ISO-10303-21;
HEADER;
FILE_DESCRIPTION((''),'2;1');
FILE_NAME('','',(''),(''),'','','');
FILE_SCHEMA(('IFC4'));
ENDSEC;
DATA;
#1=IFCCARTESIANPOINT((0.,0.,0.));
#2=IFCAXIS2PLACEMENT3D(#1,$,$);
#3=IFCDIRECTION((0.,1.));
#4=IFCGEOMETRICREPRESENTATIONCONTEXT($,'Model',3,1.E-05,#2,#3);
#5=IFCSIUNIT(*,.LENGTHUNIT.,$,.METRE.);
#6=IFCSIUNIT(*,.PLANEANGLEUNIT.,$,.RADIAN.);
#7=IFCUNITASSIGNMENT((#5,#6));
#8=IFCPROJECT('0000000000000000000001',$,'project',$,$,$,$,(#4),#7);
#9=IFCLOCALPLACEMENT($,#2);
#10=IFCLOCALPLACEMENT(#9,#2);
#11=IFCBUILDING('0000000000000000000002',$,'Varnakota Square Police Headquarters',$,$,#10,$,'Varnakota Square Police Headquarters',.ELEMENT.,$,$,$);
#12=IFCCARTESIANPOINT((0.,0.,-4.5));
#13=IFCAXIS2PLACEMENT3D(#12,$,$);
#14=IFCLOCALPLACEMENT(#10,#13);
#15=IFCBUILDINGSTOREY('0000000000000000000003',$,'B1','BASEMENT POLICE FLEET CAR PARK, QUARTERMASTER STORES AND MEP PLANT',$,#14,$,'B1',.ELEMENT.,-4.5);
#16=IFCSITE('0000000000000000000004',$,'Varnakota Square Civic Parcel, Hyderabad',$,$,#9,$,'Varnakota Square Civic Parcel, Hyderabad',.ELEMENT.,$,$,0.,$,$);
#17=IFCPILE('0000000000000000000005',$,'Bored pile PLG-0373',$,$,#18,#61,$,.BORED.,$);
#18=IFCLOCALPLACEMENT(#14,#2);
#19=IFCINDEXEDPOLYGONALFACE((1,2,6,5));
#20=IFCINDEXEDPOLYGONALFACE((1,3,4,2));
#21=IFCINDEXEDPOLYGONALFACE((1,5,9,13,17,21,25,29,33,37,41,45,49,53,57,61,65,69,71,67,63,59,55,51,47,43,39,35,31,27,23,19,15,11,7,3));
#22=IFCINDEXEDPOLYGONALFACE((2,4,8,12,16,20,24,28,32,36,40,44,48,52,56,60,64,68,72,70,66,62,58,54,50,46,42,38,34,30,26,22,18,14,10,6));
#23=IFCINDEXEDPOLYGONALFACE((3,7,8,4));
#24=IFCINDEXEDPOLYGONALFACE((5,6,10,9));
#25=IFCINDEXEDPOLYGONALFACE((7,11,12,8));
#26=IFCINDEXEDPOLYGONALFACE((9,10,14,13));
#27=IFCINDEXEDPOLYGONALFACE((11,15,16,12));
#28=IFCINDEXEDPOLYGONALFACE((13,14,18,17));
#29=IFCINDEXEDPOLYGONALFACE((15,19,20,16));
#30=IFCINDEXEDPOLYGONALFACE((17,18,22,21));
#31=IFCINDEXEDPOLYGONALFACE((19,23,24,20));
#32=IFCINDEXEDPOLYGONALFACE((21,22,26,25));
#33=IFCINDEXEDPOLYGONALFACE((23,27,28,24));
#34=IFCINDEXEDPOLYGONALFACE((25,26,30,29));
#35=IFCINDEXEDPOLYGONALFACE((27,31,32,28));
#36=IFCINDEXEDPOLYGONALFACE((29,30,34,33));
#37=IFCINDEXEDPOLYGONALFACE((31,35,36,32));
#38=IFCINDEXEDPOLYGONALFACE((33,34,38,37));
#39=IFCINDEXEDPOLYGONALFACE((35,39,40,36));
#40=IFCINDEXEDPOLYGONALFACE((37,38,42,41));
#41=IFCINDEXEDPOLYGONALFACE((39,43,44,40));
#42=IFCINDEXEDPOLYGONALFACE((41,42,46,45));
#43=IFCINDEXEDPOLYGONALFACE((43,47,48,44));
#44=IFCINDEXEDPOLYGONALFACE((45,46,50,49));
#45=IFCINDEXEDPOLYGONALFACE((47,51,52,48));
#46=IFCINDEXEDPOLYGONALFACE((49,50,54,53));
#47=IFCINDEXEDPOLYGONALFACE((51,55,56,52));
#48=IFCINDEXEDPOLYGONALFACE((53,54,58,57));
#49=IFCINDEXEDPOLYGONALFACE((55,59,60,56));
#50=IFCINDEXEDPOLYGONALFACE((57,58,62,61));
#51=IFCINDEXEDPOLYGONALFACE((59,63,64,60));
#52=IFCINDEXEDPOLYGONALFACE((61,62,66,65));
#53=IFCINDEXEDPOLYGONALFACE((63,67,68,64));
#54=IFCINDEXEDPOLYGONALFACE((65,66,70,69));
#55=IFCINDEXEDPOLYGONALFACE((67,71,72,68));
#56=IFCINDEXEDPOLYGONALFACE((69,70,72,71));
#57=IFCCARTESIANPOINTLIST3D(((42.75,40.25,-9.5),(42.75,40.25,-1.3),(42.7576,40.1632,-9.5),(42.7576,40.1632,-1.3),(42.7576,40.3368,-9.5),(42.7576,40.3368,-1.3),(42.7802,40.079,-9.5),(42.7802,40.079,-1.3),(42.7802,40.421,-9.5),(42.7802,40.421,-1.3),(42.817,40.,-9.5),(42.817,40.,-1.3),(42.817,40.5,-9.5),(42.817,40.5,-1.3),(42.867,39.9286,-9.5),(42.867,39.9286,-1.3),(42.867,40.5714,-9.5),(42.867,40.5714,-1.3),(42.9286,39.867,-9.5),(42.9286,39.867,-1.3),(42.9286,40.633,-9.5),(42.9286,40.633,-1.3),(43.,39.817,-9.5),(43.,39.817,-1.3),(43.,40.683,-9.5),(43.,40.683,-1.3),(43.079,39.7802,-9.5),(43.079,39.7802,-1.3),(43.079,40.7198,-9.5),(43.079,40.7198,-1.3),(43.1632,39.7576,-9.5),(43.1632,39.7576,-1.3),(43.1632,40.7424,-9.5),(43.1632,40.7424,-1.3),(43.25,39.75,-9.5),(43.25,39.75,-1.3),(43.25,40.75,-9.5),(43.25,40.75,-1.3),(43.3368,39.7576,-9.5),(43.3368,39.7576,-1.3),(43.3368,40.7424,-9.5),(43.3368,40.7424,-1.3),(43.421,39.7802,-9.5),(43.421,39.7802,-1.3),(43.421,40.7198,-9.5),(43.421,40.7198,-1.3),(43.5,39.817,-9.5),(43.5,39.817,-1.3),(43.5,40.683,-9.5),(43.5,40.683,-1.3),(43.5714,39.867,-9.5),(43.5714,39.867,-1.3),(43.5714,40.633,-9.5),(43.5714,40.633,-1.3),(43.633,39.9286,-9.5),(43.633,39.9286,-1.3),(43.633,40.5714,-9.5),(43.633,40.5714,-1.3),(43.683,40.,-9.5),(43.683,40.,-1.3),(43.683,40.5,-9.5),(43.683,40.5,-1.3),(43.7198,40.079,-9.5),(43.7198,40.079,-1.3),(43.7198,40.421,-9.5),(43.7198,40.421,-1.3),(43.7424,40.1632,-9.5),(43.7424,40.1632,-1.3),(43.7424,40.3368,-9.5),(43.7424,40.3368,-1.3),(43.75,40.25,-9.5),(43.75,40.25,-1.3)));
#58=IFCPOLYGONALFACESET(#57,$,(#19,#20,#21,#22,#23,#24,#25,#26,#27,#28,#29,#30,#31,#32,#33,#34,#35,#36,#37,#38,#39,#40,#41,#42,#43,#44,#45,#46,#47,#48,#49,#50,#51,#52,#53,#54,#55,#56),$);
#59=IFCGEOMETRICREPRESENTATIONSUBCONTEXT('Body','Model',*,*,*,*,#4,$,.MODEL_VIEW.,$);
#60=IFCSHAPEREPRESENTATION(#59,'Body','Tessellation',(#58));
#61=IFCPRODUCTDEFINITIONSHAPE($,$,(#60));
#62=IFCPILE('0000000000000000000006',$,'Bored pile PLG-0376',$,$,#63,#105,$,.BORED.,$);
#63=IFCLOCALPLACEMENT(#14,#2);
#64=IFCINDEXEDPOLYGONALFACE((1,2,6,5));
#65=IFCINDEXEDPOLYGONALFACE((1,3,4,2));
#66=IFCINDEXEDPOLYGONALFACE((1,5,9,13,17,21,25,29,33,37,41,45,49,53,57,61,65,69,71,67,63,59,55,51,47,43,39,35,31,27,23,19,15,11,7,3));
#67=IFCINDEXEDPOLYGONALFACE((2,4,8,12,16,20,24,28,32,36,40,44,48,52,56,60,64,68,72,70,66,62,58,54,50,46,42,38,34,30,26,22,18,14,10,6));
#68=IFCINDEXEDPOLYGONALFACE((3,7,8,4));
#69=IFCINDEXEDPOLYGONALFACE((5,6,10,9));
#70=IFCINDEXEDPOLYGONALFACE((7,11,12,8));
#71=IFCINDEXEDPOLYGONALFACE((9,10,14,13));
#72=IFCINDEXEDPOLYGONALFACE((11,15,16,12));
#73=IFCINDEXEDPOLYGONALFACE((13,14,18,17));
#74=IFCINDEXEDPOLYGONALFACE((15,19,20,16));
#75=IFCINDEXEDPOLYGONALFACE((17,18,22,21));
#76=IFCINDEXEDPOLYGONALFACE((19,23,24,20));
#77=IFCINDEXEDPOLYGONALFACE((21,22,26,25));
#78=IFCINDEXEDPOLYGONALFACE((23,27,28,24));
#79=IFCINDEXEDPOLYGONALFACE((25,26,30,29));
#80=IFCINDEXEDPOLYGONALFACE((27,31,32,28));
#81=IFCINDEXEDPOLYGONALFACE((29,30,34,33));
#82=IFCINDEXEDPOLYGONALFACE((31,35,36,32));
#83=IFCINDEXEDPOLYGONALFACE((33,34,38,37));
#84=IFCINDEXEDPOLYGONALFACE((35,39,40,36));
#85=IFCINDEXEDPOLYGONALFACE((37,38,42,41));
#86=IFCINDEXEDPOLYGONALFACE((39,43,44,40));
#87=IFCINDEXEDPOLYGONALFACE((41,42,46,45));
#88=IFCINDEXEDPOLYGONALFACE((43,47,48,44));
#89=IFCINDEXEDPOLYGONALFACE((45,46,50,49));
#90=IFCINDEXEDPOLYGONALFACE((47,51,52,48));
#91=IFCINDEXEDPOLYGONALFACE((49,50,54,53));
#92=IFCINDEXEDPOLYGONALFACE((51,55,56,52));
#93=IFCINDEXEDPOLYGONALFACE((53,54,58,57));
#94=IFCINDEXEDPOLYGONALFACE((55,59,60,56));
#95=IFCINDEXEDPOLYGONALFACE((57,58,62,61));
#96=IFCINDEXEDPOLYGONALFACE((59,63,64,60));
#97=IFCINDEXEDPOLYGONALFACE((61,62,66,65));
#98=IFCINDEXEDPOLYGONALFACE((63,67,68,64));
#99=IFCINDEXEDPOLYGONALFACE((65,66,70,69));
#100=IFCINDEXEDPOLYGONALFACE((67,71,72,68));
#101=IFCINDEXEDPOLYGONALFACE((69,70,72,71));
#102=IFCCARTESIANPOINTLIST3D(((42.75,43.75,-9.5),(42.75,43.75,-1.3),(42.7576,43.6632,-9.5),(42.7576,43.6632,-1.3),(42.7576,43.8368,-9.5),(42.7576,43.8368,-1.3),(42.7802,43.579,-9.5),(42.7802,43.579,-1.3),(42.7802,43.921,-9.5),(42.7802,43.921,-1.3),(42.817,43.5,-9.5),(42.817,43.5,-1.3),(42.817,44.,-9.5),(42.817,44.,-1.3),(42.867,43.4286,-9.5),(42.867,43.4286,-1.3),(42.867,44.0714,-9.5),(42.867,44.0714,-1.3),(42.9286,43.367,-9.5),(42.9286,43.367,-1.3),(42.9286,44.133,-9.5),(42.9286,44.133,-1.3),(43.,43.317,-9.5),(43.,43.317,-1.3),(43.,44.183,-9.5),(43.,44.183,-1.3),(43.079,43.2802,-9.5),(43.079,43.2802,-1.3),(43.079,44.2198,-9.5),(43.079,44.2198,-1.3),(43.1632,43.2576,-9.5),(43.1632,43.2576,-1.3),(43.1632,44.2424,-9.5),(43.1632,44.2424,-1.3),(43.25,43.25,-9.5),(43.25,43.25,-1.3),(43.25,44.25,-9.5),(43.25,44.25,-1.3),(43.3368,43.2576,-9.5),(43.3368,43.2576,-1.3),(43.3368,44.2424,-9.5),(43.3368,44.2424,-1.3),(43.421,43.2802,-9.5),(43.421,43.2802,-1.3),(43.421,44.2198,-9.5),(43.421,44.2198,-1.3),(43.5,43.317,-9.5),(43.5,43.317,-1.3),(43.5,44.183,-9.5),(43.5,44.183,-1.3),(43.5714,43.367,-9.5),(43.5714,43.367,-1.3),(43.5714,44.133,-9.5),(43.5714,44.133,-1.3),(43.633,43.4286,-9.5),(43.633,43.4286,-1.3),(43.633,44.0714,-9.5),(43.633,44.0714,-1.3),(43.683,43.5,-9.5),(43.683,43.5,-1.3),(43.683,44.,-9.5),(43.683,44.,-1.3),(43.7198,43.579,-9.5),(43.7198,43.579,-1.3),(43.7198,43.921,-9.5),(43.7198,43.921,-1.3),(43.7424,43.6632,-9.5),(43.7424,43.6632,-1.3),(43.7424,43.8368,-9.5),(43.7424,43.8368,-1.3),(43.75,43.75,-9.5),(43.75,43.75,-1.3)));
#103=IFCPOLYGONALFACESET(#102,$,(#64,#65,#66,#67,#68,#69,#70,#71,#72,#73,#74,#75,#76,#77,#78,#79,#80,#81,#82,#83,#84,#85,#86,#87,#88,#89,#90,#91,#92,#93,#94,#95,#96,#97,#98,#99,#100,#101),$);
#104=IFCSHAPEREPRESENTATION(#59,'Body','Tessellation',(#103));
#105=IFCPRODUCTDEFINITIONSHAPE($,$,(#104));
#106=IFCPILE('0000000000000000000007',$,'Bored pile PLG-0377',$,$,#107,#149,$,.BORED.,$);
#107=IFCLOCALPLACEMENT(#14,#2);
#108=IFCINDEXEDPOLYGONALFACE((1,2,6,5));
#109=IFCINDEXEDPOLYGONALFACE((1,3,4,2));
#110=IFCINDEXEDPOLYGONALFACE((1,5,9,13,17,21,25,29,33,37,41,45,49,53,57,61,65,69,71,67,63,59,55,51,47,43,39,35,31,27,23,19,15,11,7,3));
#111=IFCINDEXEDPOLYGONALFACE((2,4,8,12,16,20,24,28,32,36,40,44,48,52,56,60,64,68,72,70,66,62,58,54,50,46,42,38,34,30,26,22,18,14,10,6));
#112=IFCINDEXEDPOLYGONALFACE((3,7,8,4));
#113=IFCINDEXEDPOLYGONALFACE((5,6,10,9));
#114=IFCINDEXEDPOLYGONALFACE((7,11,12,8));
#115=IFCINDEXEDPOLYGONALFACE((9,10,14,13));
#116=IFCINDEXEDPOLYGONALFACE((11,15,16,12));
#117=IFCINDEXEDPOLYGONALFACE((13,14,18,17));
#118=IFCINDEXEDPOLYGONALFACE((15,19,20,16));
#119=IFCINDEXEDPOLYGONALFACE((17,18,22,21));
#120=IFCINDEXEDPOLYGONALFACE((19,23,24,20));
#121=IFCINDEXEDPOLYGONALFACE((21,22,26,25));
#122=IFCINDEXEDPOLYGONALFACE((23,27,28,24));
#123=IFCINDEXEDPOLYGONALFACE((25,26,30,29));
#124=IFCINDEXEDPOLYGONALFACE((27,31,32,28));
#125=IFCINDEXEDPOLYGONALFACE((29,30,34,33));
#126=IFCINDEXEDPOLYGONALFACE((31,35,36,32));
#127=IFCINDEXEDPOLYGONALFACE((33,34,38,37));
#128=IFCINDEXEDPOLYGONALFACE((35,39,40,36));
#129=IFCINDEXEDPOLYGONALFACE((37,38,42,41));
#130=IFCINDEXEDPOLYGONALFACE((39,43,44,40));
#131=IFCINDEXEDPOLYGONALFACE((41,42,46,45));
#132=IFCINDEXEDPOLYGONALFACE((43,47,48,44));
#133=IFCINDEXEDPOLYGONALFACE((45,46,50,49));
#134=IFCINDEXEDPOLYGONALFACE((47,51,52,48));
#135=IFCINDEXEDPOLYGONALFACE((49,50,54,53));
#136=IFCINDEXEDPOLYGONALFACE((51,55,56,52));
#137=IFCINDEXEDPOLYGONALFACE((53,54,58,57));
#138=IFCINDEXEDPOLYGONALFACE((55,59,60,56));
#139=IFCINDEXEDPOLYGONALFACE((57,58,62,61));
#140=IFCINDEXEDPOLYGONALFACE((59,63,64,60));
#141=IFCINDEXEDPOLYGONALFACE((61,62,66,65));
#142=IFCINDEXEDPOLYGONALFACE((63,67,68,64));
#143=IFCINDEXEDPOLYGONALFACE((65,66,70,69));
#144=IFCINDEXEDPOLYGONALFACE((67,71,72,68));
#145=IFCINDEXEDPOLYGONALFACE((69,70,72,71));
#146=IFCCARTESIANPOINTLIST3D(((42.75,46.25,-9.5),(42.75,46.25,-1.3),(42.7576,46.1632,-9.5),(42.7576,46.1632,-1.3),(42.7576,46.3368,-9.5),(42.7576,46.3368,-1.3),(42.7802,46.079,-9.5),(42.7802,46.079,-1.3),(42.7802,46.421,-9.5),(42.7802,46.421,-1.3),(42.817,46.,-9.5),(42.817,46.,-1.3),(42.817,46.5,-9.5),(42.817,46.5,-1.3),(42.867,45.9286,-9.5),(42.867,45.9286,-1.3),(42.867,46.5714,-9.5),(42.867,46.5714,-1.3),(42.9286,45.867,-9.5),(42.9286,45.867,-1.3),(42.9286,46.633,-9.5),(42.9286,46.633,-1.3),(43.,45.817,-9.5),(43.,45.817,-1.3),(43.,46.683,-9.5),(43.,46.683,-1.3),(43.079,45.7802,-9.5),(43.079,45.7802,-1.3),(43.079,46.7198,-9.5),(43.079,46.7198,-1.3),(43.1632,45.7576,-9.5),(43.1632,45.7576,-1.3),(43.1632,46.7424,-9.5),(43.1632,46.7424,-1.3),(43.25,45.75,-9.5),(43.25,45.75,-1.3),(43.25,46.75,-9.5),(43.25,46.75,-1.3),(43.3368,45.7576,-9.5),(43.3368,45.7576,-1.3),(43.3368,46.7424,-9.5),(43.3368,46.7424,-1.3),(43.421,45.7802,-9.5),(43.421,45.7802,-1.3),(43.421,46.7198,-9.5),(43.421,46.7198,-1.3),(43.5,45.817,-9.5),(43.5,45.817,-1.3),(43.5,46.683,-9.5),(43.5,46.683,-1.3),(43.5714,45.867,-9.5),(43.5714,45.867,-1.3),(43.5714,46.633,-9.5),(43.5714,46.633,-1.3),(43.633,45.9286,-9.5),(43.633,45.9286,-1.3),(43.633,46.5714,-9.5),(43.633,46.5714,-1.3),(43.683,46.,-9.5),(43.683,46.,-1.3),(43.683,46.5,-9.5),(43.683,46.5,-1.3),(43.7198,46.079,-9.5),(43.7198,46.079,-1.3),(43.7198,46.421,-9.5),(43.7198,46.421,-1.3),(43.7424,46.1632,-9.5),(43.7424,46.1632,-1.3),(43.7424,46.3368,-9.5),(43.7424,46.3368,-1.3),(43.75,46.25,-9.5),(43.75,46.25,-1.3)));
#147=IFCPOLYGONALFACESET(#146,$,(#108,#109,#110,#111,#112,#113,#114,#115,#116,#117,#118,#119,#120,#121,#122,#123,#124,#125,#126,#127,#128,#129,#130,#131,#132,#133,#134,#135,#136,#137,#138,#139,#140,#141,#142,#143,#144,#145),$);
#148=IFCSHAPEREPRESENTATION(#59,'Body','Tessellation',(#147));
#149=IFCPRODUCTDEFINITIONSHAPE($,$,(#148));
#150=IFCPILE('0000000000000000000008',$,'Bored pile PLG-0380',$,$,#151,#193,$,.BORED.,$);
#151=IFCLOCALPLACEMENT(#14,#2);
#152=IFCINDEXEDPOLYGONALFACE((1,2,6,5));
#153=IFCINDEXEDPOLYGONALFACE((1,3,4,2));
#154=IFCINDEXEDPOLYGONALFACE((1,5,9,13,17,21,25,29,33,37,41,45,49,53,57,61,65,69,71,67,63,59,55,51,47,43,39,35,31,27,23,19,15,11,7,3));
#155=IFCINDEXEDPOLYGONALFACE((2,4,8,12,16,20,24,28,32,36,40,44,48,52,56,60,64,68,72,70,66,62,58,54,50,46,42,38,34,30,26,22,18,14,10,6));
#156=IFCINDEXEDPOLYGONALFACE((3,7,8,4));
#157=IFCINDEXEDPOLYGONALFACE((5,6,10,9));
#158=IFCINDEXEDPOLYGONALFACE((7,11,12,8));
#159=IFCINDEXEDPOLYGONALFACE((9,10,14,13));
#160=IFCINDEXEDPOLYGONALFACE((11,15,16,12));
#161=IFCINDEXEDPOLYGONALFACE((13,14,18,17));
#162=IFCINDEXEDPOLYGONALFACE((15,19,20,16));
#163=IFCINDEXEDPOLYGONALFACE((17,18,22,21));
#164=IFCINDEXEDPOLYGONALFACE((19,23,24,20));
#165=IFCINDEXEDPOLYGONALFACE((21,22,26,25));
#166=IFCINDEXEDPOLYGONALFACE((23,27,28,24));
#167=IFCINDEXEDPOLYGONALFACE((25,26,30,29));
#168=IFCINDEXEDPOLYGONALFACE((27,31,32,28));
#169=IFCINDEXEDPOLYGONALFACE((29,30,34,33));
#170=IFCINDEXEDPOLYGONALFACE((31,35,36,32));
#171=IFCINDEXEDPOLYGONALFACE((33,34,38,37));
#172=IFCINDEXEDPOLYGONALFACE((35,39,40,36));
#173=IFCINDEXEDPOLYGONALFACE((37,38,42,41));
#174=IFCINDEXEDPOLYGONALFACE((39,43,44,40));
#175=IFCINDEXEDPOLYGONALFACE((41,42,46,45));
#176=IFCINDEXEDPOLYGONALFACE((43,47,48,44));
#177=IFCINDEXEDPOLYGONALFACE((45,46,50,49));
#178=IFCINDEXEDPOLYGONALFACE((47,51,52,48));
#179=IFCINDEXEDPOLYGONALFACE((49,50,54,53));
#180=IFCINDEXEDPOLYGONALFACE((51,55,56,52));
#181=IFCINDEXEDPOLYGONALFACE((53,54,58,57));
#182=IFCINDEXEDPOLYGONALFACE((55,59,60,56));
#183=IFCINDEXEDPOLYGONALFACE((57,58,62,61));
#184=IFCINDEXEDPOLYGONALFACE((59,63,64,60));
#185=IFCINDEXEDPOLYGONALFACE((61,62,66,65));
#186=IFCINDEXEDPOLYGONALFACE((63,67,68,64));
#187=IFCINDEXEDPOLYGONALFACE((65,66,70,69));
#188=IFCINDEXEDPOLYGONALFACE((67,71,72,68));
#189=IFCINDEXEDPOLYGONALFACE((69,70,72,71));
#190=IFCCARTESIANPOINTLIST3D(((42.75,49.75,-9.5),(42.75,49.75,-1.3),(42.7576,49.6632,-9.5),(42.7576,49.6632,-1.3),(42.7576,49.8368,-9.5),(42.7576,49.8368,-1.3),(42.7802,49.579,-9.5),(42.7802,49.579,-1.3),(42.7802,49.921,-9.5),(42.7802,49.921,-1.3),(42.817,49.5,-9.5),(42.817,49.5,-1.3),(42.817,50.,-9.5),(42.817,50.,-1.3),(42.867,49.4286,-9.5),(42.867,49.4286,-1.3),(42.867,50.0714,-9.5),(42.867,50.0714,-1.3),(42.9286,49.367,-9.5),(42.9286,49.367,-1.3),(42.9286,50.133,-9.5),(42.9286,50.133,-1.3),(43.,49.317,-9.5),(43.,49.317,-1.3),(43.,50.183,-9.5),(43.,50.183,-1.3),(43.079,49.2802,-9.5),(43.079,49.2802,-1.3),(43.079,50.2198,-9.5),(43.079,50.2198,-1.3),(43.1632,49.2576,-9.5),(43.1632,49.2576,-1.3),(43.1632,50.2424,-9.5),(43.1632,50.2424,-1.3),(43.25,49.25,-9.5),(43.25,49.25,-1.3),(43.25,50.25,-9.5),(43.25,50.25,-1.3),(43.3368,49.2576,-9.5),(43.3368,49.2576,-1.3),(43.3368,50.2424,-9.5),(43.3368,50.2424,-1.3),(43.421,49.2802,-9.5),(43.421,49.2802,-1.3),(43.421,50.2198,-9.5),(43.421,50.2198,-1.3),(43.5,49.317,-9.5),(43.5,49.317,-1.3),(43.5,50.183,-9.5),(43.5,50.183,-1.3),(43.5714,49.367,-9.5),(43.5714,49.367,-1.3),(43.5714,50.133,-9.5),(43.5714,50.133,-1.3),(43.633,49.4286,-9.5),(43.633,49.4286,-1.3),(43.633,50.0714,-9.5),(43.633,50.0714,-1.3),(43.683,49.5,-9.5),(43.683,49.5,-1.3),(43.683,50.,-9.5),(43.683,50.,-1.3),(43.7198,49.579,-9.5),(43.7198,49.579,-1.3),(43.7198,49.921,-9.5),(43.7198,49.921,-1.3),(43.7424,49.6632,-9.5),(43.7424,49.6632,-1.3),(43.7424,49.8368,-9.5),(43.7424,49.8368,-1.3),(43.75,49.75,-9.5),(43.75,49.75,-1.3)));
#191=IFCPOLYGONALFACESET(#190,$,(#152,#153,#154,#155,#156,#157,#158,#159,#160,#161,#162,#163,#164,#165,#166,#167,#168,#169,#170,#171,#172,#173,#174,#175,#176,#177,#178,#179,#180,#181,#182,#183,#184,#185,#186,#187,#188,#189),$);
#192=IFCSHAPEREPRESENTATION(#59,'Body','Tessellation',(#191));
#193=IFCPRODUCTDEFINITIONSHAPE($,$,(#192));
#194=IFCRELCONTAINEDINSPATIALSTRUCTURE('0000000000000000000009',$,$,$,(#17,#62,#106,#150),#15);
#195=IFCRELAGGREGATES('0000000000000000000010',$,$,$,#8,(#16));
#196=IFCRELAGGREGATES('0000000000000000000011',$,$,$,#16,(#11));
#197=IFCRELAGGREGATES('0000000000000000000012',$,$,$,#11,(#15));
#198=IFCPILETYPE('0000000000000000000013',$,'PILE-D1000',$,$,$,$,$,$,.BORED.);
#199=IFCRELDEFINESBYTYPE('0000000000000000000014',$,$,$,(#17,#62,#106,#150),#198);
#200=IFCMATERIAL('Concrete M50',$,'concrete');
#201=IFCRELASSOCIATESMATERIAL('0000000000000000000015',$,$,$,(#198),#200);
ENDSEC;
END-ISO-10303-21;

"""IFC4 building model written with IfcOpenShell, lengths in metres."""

from ifc_helpers import new_model, si_unit, direction, frame, origin, origin_2d, place, context, subcontext, project, spatial, circle, extrude, material, material_profile, profile_set, type_object, element, save


model = new_model("IFC4")

# Units and contexts
model_context = context("Model", 3, precision=1e-05, world=origin(), true_north=direction((0.0, 1.0)))
body_context = subcontext(model_context, "Body", "Model", "MODEL_VIEW")
ifc_project = project(units=[si_unit("LENGTHUNIT", "METRE"), si_unit("PLANEANGLEUNIT", "RADIAN")], contexts=[model_context])

# Site, building, storey
site_placement = place(None, origin())
site = spatial("IfcSite", under=ifc_project, at=site_placement, Name="Varnakota Square Civic Parcel, Hyderabad", LongName="Varnakota Square Civic Parcel, Hyderabad", CompositionType="ELEMENT", RefElevation=0.0)
building_placement = place(site_placement, origin())
building = spatial("IfcBuilding", under=site, at=building_placement, Name="Varnakota Square Police Headquarters", LongName="Varnakota Square Police Headquarters", CompositionType="ELEMENT")
storey_placement = place(building_placement, frame((0.0, 0.0, -4.5)))
storey = spatial("IfcBuildingStorey", under=building, at=storey_placement, Name="B1", Description="BASEMENT POLICE FLEET CAR PARK, QUARTERMASTER STORES AND MEP PLANT", LongName="B1", CompositionType="ELEMENT", Elevation=-4.5)

# Shared definitions
ifc_material_1 = material(Name="Concrete M50", Category="concrete")

# Piles
ifc_material_profile_1 = material_profile(ifc_material_1, circle(Radius=0.5, at=origin_2d()), Name="BORED PILE 1000")
ifc_profile_set_1 = profile_set([ifc_material_profile_1], Name="Concrete M50")
pile_type_1 = type_object("IfcPileType", Name="PILE-D1000", PredefinedType="BORED", material=ifc_profile_set_1)
for number, where, z_axis, x_axis, name in (
    (1, (43.25, 40.25, -1.3), (0.0, 0.0, -1.0), (1.0, 0.0, 0.0), "Bored pile PLG-0373"),
    (2, (43.25, 43.75, -1.3), (0.0, 0.0, -1.0), (1.0, 0.0, 0.0), "Bored pile PLG-0376"),
    (3, (43.25, 46.25, -1.3), (0.0, 0.0, -1.0), (1.0, 0.0, 0.0), "Bored pile PLG-0377"),
    (4, (43.25, 49.75, -1.3), (0.0, 0.0, -1.0), (1.0, 0.0, 0.0), "Bored pile PLG-0380"),
):
    element("IfcPile", number, at=place(storey_placement, frame(where, z_axis=z_axis, x_axis=x_axis)), inside=storey, type_object=pile_type_1, Name=name, PredefinedType="BORED", context=body_context, shape_type="SweptSolid", body=[
        extrude(circle(Radius=0.5, at=origin_2d()), origin(), (0.0, 0.0, 1.0), 8.2),
    ])

save(model, "model.ifc")
